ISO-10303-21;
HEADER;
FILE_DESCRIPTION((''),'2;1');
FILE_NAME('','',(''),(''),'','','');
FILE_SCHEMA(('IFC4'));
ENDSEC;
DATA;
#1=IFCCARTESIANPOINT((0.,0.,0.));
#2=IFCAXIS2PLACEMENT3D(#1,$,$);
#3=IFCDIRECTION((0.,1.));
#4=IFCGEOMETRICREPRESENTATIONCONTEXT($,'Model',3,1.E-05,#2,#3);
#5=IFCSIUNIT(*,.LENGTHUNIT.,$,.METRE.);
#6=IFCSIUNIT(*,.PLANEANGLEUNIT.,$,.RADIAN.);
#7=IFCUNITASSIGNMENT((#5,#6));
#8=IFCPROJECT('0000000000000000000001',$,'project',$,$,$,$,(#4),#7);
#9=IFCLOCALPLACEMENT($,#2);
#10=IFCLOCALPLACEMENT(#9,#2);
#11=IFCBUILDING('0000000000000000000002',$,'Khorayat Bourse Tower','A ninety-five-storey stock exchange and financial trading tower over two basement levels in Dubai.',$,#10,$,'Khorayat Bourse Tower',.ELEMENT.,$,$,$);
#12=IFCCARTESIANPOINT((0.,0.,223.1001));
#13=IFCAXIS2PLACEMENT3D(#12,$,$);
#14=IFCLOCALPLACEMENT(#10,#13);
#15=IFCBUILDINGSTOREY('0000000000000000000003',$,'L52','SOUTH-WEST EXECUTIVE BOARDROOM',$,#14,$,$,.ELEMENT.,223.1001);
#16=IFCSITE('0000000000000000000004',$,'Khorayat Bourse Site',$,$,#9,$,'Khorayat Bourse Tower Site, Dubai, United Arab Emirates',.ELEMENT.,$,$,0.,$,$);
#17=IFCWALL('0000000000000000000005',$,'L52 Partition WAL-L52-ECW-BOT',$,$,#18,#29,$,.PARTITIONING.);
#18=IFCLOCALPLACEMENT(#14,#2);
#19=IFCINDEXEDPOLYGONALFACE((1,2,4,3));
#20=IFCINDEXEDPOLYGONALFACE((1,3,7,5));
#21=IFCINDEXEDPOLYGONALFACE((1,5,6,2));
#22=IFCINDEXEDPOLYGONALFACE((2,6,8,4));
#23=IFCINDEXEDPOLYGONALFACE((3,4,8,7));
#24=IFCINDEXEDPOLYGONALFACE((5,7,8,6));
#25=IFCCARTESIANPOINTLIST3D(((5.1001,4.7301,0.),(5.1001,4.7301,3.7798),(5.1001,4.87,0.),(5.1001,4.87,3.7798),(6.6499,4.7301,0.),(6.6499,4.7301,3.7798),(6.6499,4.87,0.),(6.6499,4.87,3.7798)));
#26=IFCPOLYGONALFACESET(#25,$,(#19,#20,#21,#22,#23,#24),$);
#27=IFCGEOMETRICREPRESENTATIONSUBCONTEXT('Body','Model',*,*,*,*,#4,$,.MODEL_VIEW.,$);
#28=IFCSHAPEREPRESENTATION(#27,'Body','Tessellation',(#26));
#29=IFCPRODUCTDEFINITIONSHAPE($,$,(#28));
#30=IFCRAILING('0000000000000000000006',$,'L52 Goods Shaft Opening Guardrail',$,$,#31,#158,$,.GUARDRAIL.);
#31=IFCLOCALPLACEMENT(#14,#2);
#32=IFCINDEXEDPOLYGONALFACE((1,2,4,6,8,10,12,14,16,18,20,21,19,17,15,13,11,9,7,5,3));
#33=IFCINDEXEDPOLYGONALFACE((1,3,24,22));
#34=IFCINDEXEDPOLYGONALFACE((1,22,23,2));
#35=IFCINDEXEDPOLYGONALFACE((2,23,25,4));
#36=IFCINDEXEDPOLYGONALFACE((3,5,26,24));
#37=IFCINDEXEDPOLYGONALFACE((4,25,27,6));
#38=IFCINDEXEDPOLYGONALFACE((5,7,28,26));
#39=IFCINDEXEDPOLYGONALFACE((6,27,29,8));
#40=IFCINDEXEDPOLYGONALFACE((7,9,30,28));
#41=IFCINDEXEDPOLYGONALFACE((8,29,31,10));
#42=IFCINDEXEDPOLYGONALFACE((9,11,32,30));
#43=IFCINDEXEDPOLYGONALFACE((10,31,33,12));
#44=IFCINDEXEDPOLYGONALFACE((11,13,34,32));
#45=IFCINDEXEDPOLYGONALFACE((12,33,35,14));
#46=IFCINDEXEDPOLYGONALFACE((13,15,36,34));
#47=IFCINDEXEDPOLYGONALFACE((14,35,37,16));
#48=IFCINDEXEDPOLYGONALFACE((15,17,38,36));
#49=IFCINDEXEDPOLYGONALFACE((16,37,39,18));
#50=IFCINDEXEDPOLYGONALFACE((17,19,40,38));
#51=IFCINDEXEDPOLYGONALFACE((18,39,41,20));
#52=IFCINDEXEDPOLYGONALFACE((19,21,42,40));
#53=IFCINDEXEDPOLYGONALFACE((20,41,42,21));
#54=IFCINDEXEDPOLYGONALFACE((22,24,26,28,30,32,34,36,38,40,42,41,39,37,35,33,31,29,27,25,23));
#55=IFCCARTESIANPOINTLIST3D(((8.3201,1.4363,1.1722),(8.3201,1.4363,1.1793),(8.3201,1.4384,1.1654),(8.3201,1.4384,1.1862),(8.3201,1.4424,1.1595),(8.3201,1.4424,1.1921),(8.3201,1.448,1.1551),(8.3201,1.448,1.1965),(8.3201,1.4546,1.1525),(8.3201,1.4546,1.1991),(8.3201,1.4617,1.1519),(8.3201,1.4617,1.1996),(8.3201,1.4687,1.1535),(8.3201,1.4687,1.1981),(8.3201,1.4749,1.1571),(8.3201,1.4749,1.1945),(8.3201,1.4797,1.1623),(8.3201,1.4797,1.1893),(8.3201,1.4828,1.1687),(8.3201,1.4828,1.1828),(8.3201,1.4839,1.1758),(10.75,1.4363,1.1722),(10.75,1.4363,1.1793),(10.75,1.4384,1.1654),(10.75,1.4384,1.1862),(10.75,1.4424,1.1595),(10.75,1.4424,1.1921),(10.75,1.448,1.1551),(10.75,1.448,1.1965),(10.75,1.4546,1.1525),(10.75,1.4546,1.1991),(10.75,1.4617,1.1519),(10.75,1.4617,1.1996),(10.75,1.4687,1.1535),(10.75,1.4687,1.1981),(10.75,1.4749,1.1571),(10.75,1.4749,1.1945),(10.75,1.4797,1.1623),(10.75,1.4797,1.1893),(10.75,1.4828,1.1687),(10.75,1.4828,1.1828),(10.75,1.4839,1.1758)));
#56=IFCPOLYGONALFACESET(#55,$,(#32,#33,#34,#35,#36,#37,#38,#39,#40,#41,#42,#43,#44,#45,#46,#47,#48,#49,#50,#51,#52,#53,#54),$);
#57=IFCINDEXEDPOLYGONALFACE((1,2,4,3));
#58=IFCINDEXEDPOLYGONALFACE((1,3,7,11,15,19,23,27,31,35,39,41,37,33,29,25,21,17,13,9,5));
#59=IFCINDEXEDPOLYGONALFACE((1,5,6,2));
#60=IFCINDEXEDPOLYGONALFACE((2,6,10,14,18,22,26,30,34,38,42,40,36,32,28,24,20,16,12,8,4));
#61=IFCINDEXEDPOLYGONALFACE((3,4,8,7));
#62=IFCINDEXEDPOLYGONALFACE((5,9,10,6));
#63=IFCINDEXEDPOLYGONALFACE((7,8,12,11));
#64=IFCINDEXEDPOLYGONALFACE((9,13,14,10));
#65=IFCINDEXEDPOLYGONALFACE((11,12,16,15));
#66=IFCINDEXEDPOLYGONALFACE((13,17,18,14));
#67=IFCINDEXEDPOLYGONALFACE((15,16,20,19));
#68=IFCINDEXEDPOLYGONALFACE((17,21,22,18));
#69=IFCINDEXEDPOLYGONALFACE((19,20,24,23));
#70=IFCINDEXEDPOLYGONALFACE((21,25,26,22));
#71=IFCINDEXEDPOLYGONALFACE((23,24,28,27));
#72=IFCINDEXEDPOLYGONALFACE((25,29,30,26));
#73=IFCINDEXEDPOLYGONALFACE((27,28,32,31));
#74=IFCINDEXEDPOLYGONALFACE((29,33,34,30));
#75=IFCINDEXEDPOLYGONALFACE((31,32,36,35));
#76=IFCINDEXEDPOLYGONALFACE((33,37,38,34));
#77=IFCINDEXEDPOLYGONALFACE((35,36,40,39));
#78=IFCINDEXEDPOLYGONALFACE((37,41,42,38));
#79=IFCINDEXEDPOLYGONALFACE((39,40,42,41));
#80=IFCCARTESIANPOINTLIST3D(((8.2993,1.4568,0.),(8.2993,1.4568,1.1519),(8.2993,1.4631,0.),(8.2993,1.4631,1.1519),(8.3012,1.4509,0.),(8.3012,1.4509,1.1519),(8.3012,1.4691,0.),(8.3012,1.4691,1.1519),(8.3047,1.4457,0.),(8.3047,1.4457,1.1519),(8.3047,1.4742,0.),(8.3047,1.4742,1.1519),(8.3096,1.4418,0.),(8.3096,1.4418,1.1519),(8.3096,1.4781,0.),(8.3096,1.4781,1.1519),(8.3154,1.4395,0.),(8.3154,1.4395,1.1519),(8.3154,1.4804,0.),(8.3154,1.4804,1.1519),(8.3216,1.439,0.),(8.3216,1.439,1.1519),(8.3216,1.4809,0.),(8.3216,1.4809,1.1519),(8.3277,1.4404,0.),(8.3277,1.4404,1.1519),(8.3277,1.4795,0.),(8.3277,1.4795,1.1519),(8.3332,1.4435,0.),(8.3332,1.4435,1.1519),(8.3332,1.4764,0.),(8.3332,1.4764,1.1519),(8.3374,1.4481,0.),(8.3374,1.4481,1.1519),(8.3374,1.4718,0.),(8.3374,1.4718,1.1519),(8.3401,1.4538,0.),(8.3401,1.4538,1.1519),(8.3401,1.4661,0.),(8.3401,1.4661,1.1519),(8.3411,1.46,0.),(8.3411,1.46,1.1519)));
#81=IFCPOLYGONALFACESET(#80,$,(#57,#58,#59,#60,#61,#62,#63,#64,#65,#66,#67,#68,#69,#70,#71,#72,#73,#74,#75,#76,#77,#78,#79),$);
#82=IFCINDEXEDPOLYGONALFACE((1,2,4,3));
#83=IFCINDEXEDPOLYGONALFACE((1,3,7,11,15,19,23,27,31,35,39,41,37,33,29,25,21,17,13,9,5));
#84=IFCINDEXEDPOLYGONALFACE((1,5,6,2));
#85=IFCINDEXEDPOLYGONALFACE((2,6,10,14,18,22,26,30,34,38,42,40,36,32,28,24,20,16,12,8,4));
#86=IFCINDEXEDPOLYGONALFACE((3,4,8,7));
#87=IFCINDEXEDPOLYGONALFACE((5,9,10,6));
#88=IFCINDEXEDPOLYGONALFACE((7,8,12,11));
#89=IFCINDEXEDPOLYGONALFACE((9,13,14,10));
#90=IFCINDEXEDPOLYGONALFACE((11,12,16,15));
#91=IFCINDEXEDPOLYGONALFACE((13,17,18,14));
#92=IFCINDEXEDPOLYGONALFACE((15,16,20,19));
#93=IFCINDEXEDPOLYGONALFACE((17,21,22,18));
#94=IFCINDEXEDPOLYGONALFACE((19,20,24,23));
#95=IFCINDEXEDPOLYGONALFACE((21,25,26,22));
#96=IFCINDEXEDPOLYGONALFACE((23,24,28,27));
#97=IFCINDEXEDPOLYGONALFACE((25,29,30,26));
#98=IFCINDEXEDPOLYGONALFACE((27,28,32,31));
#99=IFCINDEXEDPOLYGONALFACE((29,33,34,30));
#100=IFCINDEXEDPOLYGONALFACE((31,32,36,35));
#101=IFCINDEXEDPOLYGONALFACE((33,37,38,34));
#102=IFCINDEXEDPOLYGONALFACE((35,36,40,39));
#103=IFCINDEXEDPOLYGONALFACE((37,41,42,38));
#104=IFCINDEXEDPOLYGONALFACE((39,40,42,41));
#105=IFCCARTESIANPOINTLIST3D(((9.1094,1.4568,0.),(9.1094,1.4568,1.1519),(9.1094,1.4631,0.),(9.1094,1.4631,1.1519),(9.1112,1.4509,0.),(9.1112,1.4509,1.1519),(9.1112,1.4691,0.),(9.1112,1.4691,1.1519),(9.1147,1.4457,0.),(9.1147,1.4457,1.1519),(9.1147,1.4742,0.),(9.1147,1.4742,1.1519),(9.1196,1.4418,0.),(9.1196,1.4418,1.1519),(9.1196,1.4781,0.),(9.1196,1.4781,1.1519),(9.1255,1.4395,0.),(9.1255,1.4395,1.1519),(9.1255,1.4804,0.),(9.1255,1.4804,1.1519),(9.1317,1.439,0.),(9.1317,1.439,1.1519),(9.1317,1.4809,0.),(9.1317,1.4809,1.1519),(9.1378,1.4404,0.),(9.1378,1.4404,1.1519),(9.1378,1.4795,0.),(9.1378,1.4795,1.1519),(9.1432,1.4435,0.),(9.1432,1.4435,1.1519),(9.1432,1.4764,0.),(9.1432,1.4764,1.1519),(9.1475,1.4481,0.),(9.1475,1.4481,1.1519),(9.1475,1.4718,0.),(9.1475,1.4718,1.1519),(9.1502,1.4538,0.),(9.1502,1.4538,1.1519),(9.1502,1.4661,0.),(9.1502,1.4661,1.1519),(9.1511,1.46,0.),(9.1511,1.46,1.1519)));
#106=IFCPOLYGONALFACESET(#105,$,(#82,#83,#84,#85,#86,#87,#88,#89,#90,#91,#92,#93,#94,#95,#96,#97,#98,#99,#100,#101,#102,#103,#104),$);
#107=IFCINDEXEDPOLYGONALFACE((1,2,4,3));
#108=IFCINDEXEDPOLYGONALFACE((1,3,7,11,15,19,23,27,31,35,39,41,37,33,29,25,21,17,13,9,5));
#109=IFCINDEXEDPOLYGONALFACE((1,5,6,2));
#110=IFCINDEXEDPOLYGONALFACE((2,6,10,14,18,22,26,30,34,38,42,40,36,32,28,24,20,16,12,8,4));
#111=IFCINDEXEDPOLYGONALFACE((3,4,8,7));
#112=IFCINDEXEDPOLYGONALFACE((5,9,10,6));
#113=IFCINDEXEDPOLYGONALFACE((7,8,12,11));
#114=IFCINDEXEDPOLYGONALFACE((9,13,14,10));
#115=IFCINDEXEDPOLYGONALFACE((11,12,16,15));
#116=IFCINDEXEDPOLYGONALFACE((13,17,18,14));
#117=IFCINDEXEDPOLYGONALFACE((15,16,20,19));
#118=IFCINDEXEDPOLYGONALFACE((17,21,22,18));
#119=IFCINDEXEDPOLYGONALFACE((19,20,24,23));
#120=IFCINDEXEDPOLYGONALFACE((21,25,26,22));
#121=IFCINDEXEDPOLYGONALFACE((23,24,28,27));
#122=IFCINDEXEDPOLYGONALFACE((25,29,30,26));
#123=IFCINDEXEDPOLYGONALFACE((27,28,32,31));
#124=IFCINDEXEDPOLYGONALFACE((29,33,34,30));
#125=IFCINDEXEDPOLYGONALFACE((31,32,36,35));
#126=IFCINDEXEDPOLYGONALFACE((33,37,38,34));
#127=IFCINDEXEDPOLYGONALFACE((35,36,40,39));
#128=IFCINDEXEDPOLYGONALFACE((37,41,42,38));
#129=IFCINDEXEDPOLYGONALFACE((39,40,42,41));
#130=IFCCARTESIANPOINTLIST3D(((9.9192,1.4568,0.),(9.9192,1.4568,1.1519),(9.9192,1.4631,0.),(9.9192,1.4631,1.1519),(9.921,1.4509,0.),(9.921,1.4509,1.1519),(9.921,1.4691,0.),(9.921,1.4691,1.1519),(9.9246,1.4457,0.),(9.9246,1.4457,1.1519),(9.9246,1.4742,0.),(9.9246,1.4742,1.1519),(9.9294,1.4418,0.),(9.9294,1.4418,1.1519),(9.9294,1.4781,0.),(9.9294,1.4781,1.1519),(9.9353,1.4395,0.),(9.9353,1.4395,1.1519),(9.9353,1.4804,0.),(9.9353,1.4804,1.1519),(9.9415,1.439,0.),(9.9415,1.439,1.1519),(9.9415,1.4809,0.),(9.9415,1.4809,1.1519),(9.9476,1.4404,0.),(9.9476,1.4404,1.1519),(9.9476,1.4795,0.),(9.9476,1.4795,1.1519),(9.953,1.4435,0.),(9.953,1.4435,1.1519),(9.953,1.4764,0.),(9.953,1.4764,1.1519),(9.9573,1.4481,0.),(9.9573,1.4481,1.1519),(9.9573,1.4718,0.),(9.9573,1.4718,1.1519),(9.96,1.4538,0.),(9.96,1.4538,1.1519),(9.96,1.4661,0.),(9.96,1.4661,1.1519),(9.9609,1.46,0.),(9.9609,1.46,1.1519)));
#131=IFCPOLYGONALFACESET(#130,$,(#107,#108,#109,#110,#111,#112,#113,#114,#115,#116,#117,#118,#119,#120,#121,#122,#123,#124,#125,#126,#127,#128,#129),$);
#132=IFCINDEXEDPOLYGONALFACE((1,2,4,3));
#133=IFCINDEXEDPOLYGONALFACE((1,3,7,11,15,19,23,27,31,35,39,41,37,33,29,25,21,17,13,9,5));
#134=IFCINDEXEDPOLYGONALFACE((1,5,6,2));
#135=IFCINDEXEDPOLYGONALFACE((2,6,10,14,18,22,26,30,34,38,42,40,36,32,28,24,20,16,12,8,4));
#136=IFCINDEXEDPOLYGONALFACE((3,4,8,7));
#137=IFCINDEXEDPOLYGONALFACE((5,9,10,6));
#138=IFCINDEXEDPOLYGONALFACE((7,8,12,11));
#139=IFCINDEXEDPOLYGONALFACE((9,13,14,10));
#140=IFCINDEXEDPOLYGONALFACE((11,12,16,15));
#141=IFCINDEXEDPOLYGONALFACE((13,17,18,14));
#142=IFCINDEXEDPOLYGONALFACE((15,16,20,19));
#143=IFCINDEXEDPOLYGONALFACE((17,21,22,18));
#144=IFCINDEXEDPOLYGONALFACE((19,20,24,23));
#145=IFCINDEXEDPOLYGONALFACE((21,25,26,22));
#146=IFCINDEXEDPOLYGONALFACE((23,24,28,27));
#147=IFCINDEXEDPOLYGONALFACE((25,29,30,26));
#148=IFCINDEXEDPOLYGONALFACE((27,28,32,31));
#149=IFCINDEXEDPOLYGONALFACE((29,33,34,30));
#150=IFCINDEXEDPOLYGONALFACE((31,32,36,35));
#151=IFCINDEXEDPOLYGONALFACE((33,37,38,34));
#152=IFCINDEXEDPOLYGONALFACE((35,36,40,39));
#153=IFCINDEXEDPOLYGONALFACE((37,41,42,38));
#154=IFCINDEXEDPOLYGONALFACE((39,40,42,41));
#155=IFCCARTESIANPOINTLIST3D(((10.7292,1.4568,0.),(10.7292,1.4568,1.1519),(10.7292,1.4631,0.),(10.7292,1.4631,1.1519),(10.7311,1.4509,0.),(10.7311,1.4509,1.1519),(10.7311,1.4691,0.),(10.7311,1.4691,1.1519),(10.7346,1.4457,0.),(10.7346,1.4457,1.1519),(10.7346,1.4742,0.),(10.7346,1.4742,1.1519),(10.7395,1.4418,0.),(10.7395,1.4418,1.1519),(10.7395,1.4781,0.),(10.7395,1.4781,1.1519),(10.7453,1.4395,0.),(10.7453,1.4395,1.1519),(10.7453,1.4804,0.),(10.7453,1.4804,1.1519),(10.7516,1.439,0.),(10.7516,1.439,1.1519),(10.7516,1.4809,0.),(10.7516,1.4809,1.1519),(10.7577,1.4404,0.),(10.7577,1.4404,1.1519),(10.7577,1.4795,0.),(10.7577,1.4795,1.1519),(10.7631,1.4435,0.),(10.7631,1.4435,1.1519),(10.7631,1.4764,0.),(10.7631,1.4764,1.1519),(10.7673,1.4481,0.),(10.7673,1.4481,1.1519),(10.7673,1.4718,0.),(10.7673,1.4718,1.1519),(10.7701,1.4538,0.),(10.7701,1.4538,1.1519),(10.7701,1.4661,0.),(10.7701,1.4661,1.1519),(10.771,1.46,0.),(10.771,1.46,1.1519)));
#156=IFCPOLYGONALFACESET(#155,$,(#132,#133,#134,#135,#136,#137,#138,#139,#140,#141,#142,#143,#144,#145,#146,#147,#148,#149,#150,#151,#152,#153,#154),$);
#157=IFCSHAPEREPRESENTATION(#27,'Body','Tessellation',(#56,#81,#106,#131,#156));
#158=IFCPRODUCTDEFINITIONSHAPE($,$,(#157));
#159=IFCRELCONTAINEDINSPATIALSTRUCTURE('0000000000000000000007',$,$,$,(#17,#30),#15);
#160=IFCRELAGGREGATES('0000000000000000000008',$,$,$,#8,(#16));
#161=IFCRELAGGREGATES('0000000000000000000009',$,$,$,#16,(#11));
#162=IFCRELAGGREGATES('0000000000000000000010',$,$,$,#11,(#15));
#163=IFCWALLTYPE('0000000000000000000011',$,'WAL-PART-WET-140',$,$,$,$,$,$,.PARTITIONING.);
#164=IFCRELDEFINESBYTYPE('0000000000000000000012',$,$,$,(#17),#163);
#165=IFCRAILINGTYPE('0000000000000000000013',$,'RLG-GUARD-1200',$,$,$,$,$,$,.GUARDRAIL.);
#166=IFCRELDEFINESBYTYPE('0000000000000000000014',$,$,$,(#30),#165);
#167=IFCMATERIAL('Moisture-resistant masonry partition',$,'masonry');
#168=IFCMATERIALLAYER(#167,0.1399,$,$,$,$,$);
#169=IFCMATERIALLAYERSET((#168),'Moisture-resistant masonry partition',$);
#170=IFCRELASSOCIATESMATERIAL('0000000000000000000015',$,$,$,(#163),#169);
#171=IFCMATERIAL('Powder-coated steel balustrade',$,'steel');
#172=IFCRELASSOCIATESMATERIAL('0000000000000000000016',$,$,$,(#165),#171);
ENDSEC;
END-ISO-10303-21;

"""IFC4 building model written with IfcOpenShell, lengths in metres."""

from ifc_helpers import new_model, si_unit, direction, frame, frame_2d, origin, origin_2d, place, context, subcontext, project, spatial, rectangle, circle, extrude, source, transform, mapped, material, layer, layer_set, type_object, element, save


model = new_model("IFC4")

# Units and contexts
model_context = context("Model", 3, precision=1e-05, world=origin(), true_north=direction((0.0, 1.0)))
body_context = subcontext(model_context, "Body", "Model", "MODEL_VIEW")
ifc_project = project(units=[si_unit("LENGTHUNIT", "METRE"), si_unit("PLANEANGLEUNIT", "RADIAN")], contexts=[model_context])

# Site, building, storey
site_placement = place(None, origin())
site = spatial("IfcSite", under=ifc_project, at=site_placement, Name="Khorayat Bourse Site", LongName="Khorayat Bourse Tower Site, Dubai, United Arab Emirates", CompositionType="ELEMENT", RefElevation=0.0)
building_placement = place(site_placement, origin())
building = spatial("IfcBuilding", under=site, at=building_placement, Name="Khorayat Bourse Tower", Description="A ninety-five-storey stock exchange and financial trading tower over two basement levels in Dubai.", LongName="Khorayat Bourse Tower", CompositionType="ELEMENT")
storey_placement = place(building_placement, frame((0.0, 0.0, 223.1001)))
storey = spatial("IfcBuildingStorey", under=building, at=storey_placement, Name="L52", Description="SOUTH-WEST EXECUTIVE BOARDROOM", CompositionType="ELEMENT", Elevation=223.1001)

# Shared definitions
ifc_material_1 = material(Name="Moisture-resistant masonry partition", Category="masonry")
ifc_layer_1 = layer(ifc_material_1, 0.1399)
ifc_layer_set_1 = layer_set([ifc_layer_1], Name="Moisture-resistant masonry partition")
wall_type_1 = type_object("IfcWallType", Name="WAL-PART-WET-140", PredefinedType="PARTITIONING", material=ifc_layer_set_1)

# Wall
shared_shape_1 = source(origin(), body_context, "Body", "SweptSolid", [
    extrude(rectangle(XDim=1.5498, YDim=0.1399, at=frame_2d((0.7749, 0.0))), origin(), (0.0, 0.0, 1.0), 3.7798),
])
wall_1_placement = place(storey_placement, frame((5.1001, 4.8, 0.0), z_axis=(0.0, 0.0, 1.0), x_axis=(1.0, 0.0, 0.0)))
element("IfcWall", 1, at=wall_1_placement, inside=storey, type_object=wall_type_1, Name="L52 Partition WAL-L52-ECW-BOT", PredefinedType="PARTITIONING", context=body_context, shape_type="MappedRepresentation", body=[
    mapped(shared_shape_1, transform((0.0, 0.0, 0.0), scale=1.0)),
])

# Railing
ifc_material_2 = material(Name="Powder-coated steel balustrade", Category="steel")
railing_type = type_object("IfcRailingType", Name="RLG-GUARD-1200", PredefinedType="GUARDRAIL", material=ifc_material_2)
shared_shape_2 = source(origin(), body_context, "Body", "SweptSolid", [
    extrude(circle(Radius=0.0239, at=origin_2d()), frame((0.0, 0.0, 1.1758), z_axis=(1.0, 0.0, 0.0), x_axis=(0.0, 1.0, 0.0)), (0.0, 0.0, 1.0), 2.4299),
    extrude(circle(Radius=0.021, at=origin_2d()), origin(), (0.0, 0.0, 1.0), 1.1519),
    extrude(circle(Radius=0.021, at=origin_2d()), frame((0.8101, 0.0, 0.0)), (0.0, 0.0, 1.0), 1.1519),
    extrude(circle(Radius=0.021, at=origin_2d()), frame((1.6199, 0.0, 0.0)), (0.0, 0.0, 1.0), 1.1519),
    extrude(circle(Radius=0.021, at=origin_2d()), frame((2.4299, 0.0, 0.0)), (0.0, 0.0, 1.0), 1.1519),
])
railing_placement = place(storey_placement, frame((8.3201, 1.46, 0.0)))
element("IfcRailing", 2, at=railing_placement, inside=storey, type_object=railing_type, Name="L52 Goods Shaft Opening Guardrail", PredefinedType="GUARDRAIL", context=body_context, shape_type="MappedRepresentation", body=[
    mapped(shared_shape_2, transform((0.0, 0.0, 0.0), scale=1.0)),
])

save(model, "model.ifc")
